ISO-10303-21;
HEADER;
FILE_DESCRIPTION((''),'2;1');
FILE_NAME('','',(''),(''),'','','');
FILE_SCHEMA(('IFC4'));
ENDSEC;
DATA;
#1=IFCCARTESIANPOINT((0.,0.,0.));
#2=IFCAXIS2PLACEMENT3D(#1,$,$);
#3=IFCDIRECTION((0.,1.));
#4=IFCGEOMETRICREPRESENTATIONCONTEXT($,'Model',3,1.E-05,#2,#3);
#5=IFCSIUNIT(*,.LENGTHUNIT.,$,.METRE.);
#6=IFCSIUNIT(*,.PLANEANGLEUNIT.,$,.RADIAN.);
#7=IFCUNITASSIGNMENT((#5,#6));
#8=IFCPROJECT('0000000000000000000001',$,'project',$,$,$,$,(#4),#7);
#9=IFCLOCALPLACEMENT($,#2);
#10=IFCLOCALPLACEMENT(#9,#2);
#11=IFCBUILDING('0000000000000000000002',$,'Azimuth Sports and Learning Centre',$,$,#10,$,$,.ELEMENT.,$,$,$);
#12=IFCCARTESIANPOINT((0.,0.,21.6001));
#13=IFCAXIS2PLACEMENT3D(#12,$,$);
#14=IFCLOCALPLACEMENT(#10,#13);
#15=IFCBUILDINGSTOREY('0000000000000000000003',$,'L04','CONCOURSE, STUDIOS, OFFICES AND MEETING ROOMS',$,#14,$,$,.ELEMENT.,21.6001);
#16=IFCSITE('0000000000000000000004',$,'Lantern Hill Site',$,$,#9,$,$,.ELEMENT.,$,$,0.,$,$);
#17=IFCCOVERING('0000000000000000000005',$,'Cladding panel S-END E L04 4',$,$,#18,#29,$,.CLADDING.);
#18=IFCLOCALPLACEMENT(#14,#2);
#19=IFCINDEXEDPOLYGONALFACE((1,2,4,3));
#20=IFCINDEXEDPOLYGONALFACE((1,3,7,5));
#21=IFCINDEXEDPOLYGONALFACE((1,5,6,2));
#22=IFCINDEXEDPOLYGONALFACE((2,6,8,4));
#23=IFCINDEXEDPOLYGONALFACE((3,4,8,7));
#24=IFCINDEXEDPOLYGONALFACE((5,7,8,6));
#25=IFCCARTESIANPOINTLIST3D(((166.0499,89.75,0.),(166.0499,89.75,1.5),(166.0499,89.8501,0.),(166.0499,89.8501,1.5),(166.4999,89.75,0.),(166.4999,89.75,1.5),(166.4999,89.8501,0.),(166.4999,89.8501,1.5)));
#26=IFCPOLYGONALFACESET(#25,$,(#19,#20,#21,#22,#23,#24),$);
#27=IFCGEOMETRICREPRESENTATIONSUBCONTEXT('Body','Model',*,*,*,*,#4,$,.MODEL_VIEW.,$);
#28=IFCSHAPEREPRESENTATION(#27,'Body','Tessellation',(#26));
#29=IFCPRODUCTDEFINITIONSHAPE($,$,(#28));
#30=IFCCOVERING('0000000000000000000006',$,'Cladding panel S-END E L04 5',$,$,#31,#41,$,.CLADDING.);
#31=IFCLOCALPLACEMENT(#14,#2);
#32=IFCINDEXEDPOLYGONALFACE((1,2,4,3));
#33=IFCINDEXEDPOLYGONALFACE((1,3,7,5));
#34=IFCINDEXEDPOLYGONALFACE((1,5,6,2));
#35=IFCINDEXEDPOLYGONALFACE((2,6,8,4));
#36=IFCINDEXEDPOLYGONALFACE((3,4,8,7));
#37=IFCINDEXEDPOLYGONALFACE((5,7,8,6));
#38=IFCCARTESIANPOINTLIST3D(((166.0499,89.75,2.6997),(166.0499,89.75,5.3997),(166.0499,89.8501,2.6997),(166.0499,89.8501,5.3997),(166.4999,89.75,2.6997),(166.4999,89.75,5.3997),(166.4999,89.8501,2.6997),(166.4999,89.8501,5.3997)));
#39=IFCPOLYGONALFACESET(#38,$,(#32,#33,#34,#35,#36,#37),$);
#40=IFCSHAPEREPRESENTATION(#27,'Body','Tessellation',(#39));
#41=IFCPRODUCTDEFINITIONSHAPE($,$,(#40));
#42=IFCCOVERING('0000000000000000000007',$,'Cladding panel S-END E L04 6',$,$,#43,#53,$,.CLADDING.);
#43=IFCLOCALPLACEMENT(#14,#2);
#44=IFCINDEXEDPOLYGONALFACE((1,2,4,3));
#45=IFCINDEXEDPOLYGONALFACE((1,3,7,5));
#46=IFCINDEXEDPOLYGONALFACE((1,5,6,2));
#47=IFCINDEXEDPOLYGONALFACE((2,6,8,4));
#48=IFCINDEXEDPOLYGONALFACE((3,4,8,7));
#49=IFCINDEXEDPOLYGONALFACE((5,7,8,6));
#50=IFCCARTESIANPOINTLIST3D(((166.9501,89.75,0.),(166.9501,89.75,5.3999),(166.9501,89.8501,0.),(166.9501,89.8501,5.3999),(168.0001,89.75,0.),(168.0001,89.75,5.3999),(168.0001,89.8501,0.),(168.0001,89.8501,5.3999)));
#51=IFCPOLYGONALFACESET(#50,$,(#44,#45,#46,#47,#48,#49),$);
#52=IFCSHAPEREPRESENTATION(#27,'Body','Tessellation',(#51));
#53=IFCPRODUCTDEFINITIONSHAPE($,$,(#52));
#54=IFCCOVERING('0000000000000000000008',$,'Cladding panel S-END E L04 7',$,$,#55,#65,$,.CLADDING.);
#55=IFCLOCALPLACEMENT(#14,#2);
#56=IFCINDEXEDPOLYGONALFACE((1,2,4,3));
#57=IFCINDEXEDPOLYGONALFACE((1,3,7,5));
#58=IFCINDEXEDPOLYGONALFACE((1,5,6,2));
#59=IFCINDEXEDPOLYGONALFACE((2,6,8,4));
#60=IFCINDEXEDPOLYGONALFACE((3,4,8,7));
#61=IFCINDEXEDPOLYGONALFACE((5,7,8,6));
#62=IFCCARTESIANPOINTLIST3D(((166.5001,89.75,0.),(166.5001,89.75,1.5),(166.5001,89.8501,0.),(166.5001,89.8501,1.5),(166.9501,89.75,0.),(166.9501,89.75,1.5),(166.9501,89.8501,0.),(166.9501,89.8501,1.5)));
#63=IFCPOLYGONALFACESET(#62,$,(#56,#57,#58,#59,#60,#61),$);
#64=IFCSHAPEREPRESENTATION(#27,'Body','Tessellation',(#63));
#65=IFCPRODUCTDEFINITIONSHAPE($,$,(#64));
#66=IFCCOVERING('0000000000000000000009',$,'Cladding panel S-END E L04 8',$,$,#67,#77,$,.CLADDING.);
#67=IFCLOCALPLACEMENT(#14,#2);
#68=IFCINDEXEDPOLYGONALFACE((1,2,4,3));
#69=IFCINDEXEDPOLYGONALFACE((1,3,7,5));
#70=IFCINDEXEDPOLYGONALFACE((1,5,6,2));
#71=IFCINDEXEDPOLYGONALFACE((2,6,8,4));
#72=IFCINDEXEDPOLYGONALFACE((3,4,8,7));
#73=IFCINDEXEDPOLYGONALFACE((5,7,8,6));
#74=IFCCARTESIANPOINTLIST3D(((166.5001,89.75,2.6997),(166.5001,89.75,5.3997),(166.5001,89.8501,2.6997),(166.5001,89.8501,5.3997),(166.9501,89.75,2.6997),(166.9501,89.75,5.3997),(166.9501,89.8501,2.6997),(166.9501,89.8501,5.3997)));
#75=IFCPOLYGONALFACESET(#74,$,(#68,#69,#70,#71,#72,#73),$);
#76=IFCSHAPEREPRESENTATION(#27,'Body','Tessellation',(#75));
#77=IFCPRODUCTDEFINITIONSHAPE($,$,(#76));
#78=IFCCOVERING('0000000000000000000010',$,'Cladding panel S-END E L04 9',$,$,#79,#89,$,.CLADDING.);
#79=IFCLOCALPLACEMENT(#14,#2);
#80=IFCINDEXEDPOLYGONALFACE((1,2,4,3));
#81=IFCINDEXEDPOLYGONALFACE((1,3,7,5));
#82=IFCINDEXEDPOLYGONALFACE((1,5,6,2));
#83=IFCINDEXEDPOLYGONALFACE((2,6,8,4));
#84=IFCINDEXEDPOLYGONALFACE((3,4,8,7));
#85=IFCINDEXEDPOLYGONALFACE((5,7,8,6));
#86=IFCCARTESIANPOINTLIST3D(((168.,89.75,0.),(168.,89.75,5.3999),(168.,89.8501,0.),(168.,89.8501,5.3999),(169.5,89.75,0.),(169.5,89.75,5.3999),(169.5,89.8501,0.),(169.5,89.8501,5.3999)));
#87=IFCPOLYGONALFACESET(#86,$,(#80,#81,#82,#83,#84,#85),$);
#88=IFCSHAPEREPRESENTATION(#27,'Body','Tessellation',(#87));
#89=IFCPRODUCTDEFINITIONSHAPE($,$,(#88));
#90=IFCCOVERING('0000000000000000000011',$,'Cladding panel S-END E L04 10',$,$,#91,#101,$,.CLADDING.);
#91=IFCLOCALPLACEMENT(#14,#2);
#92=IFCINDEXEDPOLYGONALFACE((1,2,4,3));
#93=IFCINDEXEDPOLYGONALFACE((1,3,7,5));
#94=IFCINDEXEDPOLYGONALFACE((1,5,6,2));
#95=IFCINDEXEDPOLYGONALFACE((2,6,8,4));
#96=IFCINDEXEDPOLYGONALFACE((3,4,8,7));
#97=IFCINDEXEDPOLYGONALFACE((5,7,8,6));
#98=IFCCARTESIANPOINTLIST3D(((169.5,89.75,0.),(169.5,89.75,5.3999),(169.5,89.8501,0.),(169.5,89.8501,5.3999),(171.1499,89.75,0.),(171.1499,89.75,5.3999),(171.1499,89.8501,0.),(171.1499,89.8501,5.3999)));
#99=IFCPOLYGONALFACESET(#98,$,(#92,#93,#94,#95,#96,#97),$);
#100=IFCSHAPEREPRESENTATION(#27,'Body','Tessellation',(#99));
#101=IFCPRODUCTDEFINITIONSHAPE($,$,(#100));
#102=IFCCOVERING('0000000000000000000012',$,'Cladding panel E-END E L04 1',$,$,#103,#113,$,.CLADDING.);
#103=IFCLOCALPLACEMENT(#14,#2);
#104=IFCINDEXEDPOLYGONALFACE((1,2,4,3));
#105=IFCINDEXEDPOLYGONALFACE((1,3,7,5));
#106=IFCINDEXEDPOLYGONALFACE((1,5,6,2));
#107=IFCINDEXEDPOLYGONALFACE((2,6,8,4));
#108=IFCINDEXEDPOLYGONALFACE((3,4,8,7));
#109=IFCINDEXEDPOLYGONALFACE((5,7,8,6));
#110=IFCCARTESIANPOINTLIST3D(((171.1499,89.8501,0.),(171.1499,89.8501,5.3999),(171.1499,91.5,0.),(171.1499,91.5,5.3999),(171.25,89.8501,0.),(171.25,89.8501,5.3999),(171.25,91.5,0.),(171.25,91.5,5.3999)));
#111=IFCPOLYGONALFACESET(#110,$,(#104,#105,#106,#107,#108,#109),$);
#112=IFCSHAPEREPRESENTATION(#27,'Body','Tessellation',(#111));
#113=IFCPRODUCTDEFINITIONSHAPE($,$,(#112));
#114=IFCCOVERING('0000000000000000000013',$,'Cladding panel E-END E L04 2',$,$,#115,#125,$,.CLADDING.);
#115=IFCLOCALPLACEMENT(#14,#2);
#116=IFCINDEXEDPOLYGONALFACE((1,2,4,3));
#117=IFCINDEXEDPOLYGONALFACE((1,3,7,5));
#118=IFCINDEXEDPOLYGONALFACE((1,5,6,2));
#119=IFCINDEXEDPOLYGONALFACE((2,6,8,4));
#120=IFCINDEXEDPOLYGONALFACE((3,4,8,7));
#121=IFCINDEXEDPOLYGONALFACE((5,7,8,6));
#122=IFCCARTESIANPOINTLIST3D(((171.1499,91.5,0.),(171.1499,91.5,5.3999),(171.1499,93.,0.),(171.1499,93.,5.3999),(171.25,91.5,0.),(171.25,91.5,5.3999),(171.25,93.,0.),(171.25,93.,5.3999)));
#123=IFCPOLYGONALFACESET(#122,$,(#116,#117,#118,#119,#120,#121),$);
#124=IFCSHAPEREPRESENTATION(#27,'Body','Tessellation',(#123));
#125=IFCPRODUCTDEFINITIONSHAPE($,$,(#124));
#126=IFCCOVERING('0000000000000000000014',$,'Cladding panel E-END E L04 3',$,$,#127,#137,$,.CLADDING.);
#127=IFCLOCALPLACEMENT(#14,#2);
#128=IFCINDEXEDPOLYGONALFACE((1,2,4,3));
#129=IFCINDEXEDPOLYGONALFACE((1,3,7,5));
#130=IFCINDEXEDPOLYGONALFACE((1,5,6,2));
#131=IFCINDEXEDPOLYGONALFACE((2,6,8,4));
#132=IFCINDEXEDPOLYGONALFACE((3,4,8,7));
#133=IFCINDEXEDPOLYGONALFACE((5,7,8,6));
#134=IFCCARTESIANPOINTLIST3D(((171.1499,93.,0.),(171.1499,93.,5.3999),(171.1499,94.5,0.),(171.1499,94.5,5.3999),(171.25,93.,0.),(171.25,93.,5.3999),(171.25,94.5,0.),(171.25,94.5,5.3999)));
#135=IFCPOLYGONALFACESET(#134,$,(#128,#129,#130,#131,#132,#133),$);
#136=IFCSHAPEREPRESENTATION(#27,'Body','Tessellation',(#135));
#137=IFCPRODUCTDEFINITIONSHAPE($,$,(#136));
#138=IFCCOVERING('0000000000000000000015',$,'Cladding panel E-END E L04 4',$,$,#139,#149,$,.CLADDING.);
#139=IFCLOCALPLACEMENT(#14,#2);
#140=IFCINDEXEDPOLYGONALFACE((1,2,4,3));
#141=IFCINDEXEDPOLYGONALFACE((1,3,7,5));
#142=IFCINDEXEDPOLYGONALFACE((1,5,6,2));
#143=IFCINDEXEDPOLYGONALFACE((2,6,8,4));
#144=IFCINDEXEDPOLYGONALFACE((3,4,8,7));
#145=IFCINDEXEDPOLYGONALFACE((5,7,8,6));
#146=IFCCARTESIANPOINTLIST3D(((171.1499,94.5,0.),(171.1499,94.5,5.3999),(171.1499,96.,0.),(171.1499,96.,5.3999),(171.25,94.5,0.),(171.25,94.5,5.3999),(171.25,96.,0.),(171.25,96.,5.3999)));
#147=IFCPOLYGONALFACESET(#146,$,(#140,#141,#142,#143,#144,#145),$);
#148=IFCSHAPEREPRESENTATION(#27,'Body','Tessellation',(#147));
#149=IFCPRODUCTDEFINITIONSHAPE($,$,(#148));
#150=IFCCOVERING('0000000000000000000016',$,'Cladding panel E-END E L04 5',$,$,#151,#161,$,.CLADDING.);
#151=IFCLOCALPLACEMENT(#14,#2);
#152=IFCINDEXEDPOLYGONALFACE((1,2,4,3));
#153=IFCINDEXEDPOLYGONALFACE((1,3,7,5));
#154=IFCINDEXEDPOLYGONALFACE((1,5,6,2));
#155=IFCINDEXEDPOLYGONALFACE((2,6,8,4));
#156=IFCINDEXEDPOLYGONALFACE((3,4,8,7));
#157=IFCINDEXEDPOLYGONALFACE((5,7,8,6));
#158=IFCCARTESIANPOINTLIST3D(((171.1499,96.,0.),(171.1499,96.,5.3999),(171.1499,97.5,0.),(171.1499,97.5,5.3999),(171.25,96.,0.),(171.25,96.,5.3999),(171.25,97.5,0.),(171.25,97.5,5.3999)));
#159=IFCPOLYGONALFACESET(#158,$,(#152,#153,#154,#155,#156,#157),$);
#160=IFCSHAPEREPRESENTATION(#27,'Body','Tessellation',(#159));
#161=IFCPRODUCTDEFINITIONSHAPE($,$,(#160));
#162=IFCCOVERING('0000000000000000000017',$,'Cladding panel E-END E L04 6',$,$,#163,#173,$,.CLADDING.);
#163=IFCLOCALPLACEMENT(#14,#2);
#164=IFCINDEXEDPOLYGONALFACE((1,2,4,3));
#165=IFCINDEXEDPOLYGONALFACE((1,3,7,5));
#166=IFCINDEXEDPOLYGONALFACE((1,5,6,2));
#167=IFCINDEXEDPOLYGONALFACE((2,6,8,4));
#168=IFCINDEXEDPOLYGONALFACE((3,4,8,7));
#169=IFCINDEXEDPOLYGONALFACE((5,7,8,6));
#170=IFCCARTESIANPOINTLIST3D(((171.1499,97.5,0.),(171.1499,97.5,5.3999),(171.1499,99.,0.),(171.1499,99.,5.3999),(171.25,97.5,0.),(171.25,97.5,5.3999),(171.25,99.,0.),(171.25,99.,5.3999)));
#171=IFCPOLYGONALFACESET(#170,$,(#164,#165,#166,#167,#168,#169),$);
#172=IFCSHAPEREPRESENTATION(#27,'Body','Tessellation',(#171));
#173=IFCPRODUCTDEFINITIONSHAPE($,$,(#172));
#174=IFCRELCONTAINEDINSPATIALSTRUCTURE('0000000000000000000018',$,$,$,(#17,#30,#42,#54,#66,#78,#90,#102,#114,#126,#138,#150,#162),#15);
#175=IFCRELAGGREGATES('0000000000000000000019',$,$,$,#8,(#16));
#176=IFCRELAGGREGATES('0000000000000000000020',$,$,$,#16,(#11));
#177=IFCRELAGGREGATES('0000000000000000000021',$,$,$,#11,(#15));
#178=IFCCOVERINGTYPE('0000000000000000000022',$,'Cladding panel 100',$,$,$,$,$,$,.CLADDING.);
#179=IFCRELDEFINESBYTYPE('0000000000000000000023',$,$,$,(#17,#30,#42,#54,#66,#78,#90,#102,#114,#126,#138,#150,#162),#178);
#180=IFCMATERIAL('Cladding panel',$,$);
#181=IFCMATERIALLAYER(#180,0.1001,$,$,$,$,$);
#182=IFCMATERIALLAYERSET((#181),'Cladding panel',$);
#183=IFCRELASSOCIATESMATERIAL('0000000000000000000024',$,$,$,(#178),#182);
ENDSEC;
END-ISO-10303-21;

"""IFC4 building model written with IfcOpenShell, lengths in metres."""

from ifc_helpers import new_model, si_unit, direction, frame, origin, origin_2d, place, context, subcontext, project, spatial, rectangle, extrude, material, layer, layer_set, type_object, element, save


model = new_model("IFC4")

# Units and contexts
model_context = context("Model", 3, precision=1e-05, world=origin(), true_north=direction((0.0, 1.0)))
body_context = subcontext(model_context, "Body", "Model", "MODEL_VIEW")
ifc_project = project(units=[si_unit("LENGTHUNIT", "METRE"), si_unit("PLANEANGLEUNIT", "RADIAN")], contexts=[model_context])

# Site, building, storey
site_placement = place(None, origin())
site = spatial("IfcSite", under=ifc_project, at=site_placement, Name="Lantern Hill Site", CompositionType="ELEMENT", RefElevation=0.0)
building_placement = place(site_placement, origin())
building = spatial("IfcBuilding", under=site, at=building_placement, Name="Azimuth Sports and Learning Centre", CompositionType="ELEMENT")
storey_placement = place(building_placement, frame((0.0, 0.0, 21.6001)))
storey = spatial("IfcBuildingStorey", under=building, at=storey_placement, Name="L04", Description="CONCOURSE, STUDIOS, OFFICES AND MEETING ROOMS", CompositionType="ELEMENT", Elevation=21.6001)

# Coverings
ifc_material_1 = material(Name="Cladding panel")
ifc_layer_1 = layer(ifc_material_1, 0.1001)
ifc_layer_set_1 = layer_set([ifc_layer_1], Name="Cladding panel")
covering_type = type_object("IfcCoveringType", Name="Cladding panel 100", PredefinedType="CLADDING", material=ifc_layer_set_1)
covering_1_placement = place(storey_placement, frame((166.2749, 89.8, 0.0), z_axis=(0.0, 0.0, 1.0), x_axis=(1.0, 0.0, 0.0)))
element("IfcCovering", 1, at=covering_1_placement, inside=storey, type_object=covering_type, Name="Cladding panel S-END E L04 4", PredefinedType="CLADDING", context=body_context, shape_type="SweptSolid", body=[
    extrude(rectangle(XDim=0.45, YDim=0.1001, at=origin_2d()), origin(), (0.0, 0.0, 1.0), 1.5),
])
covering_2_placement = place(storey_placement, frame((166.2749, 89.8, 2.6997), z_axis=(0.0, 0.0, 1.0), x_axis=(1.0, 0.0, 0.0)))
element("IfcCovering", 2, at=covering_2_placement, inside=storey, type_object=covering_type, Name="Cladding panel S-END E L04 5", PredefinedType="CLADDING", context=body_context, shape_type="SweptSolid", body=[
    extrude(rectangle(XDim=0.45, YDim=0.1001, at=origin_2d()), origin(), (0.0, 0.0, 1.0), 2.7),
])
covering_3_placement = place(storey_placement, frame((167.4751, 89.8, 0.0), z_axis=(0.0, 0.0, 1.0), x_axis=(1.0, 0.0, 0.0)))
element("IfcCovering", 3, at=covering_3_placement, inside=storey, type_object=covering_type, Name="Cladding panel S-END E L04 6", PredefinedType="CLADDING", context=body_context, shape_type="SweptSolid", body=[
    extrude(rectangle(XDim=1.05, YDim=0.1001, at=origin_2d()), origin(), (0.0, 0.0, 1.0), 5.3999),
])
covering_4_placement = place(storey_placement, frame((166.7251, 89.8, 0.0), z_axis=(0.0, 0.0, 1.0), x_axis=(1.0, 0.0, 0.0)))
element("IfcCovering", 4, at=covering_4_placement, inside=storey, type_object=covering_type, Name="Cladding panel S-END E L04 7", PredefinedType="CLADDING", context=body_context, shape_type="SweptSolid", body=[
    extrude(rectangle(XDim=0.45, YDim=0.1001, at=origin_2d()), origin(), (0.0, 0.0, 1.0), 1.5),
])
covering_5_placement = place(storey_placement, frame((166.7251, 89.8, 2.6997), z_axis=(0.0, 0.0, 1.0), x_axis=(1.0, 0.0, 0.0)))
element("IfcCovering", 5, at=covering_5_placement, inside=storey, type_object=covering_type, Name="Cladding panel S-END E L04 8", PredefinedType="CLADDING", context=body_context, shape_type="SweptSolid", body=[
    extrude(rectangle(XDim=0.45, YDim=0.1001, at=origin_2d()), origin(), (0.0, 0.0, 1.0), 2.7),
])
covering_6_placement = place(storey_placement, frame((168.75, 89.8, 0.0), z_axis=(0.0, 0.0, 1.0), x_axis=(1.0, 0.0, 0.0)))
element("IfcCovering", 6, at=covering_6_placement, inside=storey, type_object=covering_type, Name="Cladding panel S-END E L04 9", PredefinedType="CLADDING", context=body_context, shape_type="SweptSolid", body=[
    extrude(rectangle(XDim=1.5, YDim=0.1001, at=origin_2d()), origin(), (0.0, 0.0, 1.0), 5.3999),
])
for number, where, z_axis, x_axis, name in (
    (7, (170.325, 89.8, 0.0), (0.0, 0.0, 1.0), (1.0, 0.0, 0.0), "Cladding panel S-END E L04 10"),
    (8, (171.2, 90.675, 0.0), (0.0, 0.0, 1.0), (0.0, 1.0, 0.0), "Cladding panel E-END E L04 1"),
):
    element("IfcCovering", number, at=place(storey_placement, frame(where, z_axis=z_axis, x_axis=x_axis)), inside=storey, type_object=covering_type, Name=name, PredefinedType="CLADDING", context=body_context, shape_type="SweptSolid", body=[
        extrude(rectangle(XDim=1.6499, YDim=0.1001, at=origin_2d()), origin(), (0.0, 0.0, 1.0), 5.3999),
    ])
for number, where, z_axis, x_axis, name in (
    (9, (171.2, 92.25, 0.0), (0.0, 0.0, 1.0), (0.0, 1.0, 0.0), "Cladding panel E-END E L04 2"),
    (10, (171.2, 93.75, 0.0), (0.0, 0.0, 1.0), (0.0, 1.0, 0.0), "Cladding panel E-END E L04 3"),
    (11, (171.2, 95.25, 0.0), (0.0, 0.0, 1.0), (0.0, 1.0, 0.0), "Cladding panel E-END E L04 4"),
    (12, (171.2, 96.75, 0.0), (0.0, 0.0, 1.0), (0.0, 1.0, 0.0), "Cladding panel E-END E L04 5"),
    (13, (171.2, 98.25, 0.0), (0.0, 0.0, 1.0), (0.0, 1.0, 0.0), "Cladding panel E-END E L04 6"),
):
    element("IfcCovering", number, at=place(storey_placement, frame(where, z_axis=z_axis, x_axis=x_axis)), inside=storey, type_object=covering_type, Name=name, PredefinedType="CLADDING", context=body_context, shape_type="SweptSolid", body=[
        extrude(rectangle(XDim=1.5, YDim=0.1001, at=origin_2d()), origin(), (0.0, 0.0, 1.0), 5.3999),
    ])

save(model, "model.ifc")
